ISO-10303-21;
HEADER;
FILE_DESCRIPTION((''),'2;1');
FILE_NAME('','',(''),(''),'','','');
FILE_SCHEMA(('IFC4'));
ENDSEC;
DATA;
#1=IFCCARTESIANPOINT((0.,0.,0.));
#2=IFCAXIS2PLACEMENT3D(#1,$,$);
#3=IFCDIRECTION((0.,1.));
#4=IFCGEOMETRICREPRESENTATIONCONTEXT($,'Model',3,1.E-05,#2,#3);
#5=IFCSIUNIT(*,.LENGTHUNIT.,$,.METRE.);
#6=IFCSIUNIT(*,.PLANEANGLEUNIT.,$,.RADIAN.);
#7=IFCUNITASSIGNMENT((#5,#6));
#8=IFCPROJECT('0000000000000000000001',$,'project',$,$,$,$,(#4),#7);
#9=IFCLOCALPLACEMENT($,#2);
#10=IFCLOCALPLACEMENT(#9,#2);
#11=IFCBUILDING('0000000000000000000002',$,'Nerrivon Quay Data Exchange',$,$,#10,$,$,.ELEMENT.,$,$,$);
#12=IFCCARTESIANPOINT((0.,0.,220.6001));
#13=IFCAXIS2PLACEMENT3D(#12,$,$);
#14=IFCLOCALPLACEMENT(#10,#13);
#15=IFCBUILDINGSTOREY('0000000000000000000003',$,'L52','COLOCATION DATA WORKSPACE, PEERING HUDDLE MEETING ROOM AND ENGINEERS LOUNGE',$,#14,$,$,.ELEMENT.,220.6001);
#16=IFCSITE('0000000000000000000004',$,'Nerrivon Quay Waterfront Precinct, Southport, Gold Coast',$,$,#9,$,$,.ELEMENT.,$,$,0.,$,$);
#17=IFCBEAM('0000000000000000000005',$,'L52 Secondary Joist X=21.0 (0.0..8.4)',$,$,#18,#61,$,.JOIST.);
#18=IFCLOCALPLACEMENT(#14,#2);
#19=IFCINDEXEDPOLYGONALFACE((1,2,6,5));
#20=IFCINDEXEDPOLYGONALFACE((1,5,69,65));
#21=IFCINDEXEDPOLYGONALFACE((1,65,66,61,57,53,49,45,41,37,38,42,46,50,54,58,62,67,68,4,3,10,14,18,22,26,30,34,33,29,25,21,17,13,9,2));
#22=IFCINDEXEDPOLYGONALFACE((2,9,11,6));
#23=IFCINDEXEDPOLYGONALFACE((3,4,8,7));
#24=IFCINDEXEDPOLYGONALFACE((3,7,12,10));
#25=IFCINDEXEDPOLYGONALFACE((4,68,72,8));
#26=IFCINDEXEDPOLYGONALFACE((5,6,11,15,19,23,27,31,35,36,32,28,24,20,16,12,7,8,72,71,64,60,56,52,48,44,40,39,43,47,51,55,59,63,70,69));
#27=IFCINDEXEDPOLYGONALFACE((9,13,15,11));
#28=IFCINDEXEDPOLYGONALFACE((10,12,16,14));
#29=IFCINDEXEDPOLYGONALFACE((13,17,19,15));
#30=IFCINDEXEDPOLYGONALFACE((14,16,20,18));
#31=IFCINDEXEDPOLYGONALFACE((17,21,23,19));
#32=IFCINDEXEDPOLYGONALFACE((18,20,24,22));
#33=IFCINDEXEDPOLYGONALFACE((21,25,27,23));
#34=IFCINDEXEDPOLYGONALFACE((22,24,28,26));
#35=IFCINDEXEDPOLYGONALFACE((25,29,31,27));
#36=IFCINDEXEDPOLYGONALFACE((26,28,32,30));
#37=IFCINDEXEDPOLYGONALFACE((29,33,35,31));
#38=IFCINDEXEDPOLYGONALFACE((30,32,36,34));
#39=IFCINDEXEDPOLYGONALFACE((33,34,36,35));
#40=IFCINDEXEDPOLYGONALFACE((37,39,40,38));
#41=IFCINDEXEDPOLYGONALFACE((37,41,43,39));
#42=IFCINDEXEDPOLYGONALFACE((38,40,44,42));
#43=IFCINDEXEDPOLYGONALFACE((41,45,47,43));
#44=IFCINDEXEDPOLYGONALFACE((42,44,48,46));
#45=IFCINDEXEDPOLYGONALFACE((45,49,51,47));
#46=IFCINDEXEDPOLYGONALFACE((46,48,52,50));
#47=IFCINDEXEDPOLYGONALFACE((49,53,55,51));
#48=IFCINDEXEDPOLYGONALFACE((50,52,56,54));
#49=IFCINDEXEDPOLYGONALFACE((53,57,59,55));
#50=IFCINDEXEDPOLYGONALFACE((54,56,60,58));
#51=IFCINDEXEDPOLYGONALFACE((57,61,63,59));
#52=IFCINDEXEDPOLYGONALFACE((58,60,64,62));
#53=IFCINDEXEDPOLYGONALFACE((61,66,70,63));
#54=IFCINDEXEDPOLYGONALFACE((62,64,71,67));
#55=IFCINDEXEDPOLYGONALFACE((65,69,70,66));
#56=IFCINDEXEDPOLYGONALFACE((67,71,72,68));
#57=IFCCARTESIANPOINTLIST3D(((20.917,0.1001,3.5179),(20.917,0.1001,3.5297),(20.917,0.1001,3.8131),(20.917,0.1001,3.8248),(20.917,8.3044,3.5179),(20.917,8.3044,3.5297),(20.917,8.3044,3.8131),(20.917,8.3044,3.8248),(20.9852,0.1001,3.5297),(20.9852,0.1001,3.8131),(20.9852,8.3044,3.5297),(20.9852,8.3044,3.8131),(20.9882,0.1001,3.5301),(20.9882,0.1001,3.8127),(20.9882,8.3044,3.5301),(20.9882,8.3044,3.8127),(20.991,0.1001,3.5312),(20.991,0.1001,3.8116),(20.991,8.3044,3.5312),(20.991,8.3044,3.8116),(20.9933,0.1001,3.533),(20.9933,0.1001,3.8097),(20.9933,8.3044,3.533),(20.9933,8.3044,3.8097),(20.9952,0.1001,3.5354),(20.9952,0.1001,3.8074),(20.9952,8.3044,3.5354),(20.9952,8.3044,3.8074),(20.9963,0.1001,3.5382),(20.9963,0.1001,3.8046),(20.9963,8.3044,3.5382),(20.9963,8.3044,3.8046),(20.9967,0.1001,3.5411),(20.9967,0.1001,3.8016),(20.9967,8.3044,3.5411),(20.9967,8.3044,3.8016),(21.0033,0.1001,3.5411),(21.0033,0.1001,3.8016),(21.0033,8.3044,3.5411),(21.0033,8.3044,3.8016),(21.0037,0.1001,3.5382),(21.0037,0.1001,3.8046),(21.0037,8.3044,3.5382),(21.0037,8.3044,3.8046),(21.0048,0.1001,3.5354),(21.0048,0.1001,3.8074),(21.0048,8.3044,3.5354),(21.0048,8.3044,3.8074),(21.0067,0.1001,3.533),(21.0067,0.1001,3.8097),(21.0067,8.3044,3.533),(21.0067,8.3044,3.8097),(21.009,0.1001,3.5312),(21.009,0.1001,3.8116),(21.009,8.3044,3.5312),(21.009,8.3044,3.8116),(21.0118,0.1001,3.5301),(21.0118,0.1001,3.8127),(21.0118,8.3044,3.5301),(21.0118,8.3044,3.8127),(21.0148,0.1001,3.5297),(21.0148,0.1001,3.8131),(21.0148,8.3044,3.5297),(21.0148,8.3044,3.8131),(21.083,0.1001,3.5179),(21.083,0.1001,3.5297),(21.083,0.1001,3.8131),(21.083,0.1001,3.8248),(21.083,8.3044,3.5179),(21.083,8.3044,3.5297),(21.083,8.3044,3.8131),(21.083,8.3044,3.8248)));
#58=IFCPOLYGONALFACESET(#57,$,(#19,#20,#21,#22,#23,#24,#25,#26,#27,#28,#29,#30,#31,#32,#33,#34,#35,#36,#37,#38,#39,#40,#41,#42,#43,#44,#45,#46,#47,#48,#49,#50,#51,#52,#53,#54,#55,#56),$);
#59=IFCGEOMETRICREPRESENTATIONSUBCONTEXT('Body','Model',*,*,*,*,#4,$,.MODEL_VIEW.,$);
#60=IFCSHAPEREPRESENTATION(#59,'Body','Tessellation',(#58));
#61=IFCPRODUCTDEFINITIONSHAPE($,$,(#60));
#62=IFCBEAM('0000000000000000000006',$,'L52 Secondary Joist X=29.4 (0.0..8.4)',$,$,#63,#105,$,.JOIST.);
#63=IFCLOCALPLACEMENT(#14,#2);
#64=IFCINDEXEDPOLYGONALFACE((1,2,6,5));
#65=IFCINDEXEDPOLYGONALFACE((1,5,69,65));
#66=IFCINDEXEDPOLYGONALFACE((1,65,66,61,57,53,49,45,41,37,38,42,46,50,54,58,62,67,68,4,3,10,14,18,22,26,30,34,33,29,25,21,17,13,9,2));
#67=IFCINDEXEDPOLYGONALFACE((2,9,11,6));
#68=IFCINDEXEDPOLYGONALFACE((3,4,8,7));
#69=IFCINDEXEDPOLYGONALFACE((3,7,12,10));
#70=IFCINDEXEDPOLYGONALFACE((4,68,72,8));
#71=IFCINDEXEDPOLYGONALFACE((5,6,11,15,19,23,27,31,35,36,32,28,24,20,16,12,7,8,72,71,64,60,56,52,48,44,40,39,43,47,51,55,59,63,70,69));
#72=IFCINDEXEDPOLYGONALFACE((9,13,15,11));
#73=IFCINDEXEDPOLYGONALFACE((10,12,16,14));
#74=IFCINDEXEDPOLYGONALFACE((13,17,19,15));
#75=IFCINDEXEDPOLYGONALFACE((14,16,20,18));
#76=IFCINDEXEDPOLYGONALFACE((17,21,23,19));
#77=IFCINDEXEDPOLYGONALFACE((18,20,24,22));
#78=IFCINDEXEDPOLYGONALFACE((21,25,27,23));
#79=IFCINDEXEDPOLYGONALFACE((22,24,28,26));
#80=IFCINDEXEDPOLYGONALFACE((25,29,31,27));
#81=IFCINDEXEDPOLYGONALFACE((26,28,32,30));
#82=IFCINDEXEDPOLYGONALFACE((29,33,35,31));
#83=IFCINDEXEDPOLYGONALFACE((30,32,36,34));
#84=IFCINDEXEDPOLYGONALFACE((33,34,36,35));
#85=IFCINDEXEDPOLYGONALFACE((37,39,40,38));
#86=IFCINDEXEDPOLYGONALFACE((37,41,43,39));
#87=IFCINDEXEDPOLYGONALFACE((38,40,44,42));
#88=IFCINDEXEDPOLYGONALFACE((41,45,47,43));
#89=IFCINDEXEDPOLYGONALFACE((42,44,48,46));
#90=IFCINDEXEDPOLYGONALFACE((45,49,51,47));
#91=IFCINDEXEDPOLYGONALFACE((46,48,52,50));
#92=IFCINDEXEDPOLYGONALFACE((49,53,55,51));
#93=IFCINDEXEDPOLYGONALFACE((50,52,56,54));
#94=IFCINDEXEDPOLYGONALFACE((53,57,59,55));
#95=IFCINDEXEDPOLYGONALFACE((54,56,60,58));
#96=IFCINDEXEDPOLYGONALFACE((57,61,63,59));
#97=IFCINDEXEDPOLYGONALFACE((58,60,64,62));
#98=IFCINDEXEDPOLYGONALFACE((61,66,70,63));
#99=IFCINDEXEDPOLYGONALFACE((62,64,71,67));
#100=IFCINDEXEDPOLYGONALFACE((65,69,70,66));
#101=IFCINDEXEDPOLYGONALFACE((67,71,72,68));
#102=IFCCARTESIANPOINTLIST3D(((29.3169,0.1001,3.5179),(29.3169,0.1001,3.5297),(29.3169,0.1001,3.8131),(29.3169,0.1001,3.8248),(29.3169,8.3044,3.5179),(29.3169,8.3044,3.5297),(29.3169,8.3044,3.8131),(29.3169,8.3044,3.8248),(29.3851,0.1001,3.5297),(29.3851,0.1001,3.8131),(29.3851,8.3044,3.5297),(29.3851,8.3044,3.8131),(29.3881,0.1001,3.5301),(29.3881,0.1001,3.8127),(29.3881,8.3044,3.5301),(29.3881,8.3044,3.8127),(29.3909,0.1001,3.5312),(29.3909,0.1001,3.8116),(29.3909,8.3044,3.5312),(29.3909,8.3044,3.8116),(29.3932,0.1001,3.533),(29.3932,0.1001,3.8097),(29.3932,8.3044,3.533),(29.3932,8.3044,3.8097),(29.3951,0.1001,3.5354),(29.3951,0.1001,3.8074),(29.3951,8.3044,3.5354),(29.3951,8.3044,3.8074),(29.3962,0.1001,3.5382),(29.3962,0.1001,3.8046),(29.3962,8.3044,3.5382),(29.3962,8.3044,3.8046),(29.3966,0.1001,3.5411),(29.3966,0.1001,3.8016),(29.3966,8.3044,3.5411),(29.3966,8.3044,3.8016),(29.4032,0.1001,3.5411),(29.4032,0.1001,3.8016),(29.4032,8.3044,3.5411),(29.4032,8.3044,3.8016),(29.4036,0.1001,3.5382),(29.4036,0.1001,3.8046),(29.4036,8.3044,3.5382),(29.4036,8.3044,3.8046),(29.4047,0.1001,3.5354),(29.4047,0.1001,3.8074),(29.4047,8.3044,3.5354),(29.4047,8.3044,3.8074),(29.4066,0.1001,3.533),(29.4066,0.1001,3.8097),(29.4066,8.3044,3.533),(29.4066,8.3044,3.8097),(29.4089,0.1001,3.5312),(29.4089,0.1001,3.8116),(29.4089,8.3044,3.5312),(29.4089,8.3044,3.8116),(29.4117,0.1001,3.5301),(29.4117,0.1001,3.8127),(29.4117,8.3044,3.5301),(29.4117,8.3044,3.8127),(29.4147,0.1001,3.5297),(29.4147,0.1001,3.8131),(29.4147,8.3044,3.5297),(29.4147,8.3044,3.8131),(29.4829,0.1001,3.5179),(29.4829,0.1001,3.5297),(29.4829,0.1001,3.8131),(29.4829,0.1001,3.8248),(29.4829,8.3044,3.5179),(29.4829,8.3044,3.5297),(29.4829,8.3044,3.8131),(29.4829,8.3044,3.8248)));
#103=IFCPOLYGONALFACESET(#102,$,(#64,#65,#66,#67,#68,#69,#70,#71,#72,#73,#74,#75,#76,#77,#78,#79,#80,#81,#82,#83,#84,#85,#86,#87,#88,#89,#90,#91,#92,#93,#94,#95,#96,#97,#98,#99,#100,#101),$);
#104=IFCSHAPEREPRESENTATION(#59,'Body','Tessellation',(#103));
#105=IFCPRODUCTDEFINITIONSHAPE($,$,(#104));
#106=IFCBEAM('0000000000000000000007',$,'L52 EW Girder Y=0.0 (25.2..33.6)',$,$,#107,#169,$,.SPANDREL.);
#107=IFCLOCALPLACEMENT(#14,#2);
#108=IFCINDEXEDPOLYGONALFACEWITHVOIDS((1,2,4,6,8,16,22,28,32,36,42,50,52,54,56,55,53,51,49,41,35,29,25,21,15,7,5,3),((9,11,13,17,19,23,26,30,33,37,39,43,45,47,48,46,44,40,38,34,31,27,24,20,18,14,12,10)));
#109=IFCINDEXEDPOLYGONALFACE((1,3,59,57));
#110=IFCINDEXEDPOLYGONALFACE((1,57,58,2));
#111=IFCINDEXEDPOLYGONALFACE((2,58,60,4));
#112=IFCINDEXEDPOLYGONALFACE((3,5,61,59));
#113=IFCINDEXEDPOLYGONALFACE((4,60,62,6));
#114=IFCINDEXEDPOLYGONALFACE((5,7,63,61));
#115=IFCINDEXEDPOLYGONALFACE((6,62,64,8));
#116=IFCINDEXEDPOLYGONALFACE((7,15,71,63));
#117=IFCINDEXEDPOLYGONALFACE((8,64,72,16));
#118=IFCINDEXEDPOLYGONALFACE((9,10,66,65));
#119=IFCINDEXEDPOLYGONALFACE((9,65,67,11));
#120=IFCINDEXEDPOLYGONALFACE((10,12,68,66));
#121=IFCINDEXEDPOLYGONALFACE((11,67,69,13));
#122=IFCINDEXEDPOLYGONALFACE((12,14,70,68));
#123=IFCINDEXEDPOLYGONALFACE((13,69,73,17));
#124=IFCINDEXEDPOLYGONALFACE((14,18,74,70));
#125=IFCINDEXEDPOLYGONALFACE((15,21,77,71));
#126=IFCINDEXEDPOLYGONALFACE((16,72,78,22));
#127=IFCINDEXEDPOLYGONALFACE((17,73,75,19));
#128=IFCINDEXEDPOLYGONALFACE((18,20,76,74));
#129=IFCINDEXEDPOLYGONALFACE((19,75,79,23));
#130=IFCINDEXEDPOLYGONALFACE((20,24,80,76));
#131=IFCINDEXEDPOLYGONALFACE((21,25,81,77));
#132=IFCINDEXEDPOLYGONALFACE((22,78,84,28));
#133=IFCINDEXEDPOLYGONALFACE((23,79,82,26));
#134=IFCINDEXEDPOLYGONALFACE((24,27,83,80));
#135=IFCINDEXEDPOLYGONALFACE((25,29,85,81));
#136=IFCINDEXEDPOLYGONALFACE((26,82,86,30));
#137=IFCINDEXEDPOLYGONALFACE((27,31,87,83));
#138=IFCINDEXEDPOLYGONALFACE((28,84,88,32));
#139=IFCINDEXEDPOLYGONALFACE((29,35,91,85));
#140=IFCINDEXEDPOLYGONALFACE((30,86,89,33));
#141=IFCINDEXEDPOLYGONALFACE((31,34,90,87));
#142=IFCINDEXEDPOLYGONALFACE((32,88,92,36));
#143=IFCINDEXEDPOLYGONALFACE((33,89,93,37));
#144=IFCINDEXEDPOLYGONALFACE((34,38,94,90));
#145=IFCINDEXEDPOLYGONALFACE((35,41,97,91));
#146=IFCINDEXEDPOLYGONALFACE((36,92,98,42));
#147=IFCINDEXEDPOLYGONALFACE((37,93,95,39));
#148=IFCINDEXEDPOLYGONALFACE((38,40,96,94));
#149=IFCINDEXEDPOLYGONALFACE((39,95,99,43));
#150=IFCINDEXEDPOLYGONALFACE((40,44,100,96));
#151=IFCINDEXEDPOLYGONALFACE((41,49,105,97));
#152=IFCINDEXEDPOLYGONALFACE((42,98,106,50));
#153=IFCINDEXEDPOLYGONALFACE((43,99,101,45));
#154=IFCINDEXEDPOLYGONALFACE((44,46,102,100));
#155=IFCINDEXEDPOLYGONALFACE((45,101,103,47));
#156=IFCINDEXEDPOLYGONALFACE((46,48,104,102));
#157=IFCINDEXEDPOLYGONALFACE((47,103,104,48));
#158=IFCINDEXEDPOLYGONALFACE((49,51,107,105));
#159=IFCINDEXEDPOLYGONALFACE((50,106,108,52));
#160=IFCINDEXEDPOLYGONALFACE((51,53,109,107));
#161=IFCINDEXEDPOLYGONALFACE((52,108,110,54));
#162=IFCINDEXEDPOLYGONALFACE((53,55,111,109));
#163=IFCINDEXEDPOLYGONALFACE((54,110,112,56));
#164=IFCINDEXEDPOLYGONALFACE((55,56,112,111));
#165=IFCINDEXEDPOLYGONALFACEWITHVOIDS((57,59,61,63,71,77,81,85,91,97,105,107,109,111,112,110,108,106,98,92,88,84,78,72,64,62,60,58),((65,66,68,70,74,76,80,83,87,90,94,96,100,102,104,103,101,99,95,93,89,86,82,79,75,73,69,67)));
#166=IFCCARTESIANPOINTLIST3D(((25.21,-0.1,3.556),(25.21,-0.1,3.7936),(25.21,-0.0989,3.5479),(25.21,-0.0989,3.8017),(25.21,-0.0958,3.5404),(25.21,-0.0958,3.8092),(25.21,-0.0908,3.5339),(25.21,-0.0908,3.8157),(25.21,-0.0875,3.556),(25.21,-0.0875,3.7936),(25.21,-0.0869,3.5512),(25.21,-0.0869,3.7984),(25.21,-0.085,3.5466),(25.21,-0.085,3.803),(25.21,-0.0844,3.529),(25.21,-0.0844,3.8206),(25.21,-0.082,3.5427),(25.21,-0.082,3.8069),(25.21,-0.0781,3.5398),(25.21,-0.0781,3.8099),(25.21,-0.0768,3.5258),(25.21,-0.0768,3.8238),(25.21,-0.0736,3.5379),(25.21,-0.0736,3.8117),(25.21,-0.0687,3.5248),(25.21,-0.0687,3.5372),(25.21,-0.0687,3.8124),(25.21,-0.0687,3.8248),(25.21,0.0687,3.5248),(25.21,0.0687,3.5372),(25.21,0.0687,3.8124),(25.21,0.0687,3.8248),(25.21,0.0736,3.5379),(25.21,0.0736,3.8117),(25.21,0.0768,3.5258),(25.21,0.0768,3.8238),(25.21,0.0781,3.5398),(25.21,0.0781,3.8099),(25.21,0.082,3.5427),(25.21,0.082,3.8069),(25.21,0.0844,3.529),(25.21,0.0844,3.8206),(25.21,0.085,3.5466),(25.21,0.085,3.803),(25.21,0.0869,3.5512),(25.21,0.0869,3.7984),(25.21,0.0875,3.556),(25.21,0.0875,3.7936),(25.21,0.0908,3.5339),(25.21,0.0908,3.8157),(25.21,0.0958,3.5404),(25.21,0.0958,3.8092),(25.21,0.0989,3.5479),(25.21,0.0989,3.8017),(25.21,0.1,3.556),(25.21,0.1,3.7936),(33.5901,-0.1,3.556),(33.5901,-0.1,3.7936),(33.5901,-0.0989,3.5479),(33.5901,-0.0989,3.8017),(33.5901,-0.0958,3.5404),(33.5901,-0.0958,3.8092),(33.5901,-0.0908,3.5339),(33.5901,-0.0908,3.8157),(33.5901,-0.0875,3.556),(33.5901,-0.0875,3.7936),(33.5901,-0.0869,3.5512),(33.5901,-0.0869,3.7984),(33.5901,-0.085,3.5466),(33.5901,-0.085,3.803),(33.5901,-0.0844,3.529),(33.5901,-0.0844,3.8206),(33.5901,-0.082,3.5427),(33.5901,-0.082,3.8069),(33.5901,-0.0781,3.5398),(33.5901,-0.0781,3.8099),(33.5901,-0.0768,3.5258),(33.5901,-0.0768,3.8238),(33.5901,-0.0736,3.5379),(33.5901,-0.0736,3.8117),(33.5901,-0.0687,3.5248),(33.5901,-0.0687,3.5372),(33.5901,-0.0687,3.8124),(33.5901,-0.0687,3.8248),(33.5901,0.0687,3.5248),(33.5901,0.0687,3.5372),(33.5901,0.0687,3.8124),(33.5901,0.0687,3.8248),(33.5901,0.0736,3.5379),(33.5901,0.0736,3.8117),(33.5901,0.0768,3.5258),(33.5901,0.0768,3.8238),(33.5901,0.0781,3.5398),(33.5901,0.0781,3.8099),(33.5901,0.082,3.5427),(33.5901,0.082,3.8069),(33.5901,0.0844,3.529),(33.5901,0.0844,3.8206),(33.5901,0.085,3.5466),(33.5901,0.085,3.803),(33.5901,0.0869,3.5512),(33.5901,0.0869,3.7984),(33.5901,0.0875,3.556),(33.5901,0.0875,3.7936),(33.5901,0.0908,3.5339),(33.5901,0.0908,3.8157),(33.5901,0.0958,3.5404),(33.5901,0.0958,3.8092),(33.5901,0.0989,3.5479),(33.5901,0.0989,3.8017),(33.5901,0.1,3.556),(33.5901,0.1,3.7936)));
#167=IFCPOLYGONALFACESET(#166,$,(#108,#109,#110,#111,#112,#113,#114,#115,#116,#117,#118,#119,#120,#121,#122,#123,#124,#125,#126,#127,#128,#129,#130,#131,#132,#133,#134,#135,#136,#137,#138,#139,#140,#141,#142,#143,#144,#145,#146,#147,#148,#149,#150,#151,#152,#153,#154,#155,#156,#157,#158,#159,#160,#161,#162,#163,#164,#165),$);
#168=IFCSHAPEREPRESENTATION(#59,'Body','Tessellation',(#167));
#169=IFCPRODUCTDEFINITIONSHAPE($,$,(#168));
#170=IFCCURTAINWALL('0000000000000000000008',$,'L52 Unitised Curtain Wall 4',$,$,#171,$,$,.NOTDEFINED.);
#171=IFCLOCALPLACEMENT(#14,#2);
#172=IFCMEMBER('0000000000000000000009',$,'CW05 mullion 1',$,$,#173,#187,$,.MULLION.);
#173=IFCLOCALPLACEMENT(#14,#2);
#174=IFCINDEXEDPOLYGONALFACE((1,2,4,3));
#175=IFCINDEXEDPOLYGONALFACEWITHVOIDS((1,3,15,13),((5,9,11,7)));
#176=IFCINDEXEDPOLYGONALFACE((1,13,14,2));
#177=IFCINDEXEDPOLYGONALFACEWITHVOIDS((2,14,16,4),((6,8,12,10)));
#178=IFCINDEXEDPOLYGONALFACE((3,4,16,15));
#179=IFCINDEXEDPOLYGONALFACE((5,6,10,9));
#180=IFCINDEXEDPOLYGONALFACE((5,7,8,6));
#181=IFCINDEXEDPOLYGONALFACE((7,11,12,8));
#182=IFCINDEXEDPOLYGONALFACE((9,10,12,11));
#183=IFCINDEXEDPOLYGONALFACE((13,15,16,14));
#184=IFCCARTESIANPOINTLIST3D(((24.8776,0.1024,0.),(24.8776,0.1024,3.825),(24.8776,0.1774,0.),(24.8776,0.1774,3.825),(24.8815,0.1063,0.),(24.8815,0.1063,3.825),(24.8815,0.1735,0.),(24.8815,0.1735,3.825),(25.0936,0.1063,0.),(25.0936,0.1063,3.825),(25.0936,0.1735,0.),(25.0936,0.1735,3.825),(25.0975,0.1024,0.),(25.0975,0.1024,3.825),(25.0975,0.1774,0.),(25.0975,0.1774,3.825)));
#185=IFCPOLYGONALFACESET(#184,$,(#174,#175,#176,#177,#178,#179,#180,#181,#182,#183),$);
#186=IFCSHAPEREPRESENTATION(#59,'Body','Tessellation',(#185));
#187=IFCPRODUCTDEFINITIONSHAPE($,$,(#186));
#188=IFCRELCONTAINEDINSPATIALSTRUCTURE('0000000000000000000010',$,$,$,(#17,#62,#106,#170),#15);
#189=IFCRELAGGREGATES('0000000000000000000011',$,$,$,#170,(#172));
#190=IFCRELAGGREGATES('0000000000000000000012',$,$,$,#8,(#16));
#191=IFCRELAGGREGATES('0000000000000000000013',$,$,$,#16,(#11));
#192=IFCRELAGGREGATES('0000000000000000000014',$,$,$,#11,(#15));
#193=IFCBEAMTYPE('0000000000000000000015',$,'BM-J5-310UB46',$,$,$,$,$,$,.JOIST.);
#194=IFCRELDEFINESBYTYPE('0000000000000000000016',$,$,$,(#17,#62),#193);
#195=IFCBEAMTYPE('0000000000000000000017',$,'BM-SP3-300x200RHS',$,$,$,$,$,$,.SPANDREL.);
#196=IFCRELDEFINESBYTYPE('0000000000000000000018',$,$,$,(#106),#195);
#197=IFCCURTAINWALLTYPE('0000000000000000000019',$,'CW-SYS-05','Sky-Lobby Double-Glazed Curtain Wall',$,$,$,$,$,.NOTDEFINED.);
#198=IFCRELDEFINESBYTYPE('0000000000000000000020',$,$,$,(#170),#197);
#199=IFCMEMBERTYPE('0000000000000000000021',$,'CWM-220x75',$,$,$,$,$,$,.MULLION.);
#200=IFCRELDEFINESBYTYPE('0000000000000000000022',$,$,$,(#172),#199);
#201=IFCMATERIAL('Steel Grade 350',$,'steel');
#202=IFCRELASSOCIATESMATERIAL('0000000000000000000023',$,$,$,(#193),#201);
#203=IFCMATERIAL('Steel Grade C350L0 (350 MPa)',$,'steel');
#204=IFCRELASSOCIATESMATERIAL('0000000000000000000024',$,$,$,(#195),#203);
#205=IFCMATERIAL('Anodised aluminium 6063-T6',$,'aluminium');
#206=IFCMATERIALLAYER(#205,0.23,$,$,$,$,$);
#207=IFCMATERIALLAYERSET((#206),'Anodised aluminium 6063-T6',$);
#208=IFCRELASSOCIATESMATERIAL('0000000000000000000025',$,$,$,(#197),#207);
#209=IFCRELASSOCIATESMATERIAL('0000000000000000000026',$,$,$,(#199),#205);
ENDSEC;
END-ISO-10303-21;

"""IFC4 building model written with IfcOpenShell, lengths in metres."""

from ifc_helpers import new_model, si_unit, direction, frame, origin, origin_2d, place, context, subcontext, project, spatial, hollow_rectangle, i_section, extrude, material, layer, layer_set, material_profile, profile_set, type_object, element, aggregate, save


model = new_model("IFC4")

# Units and contexts
model_context = context("Model", 3, precision=1e-05, world=origin(), true_north=direction((0.0, 1.0)))
body_context = subcontext(model_context, "Body", "Model", "MODEL_VIEW")
ifc_project = project(units=[si_unit("LENGTHUNIT", "METRE"), si_unit("PLANEANGLEUNIT", "RADIAN")], contexts=[model_context])

# Site, building, storey
site_placement = place(None, origin())
site = spatial("IfcSite", under=ifc_project, at=site_placement, Name="Nerrivon Quay Waterfront Precinct, Southport, Gold Coast", CompositionType="ELEMENT", RefElevation=0.0)
building_placement = place(site_placement, origin())
building = spatial("IfcBuilding", under=site, at=building_placement, Name="Nerrivon Quay Data Exchange", CompositionType="ELEMENT")
storey_placement = place(building_placement, frame((0.0, 0.0, 220.6001)))
storey = spatial("IfcBuildingStorey", under=building, at=storey_placement, Name="L52", Description="COLOCATION DATA WORKSPACE, PEERING HUDDLE MEETING ROOM AND ENGINEERS LOUNGE", CompositionType="ELEMENT", Elevation=220.6001)

# Shared definitions
ifc_material_1 = material(Name="Steel Grade 350", Category="steel")

# Beams
ifc_material_profile_1 = material_profile(ifc_material_1, i_section(OverallWidth=0.166, OverallDepth=0.3069, WebThickness=0.0066, FlangeThickness=0.0117, FilletRadius=0.0115, at=origin_2d()), Name="310UB46.2")
ifc_profile_set_1 = profile_set([ifc_material_profile_1], Name="Steel Grade 350")
beam_type_1 = type_object("IfcBeamType", Name="BM-J5-310UB46", PredefinedType="JOIST", material=ifc_profile_set_1)
for number, where, z_axis, x_axis, name in (
    (1, (21.0, 0.1001, 3.6714), (0.0, 1.0, 0.0), (-1.0, 0.0, 0.0), "L52 Secondary Joist X=21.0 (0.0..8.4)"),
    (2, (29.3999, 0.1001, 3.6714), (0.0, 1.0, 0.0), (-1.0, 0.0, 0.0), "L52 Secondary Joist X=29.4 (0.0..8.4)"),
):
    element("IfcBeam", number, at=place(storey_placement, frame(where, z_axis=z_axis, x_axis=x_axis)), inside=storey, type_object=beam_type_1, Name=name, PredefinedType="JOIST", context=body_context, shape_type="SweptSolid", body=[
        extrude(i_section(OverallWidth=0.166, OverallDepth=0.3069, WebThickness=0.0066, FlangeThickness=0.0117, FilletRadius=0.0115, at=origin_2d()), origin(), (0.0, 0.0, 1.0), 8.2043),
    ])
ifc_material_2 = material(Name="Steel Grade C350L0 (350 MPa)", Category="steel")
ifc_material_profile_2 = material_profile(ifc_material_2, hollow_rectangle(XDim=0.2, YDim=0.3, WallThickness=0.0125, InnerFilletRadius=0.0188, OuterFilletRadius=0.0312, at=origin_2d()), Name="300x200x12.5RHS")
ifc_profile_set_2 = profile_set([ifc_material_profile_2], Name="Steel Grade C350L0 (350 MPa)")
beam_type_2 = type_object("IfcBeamType", Name="BM-SP3-300x200RHS", PredefinedType="SPANDREL", material=ifc_profile_set_2)
beam_1_placement = place(storey_placement, frame((25.21, 0.0, 3.6748), z_axis=(1.0, 0.0, 0.0), x_axis=(0.0, 1.0, 0.0)))
element("IfcBeam", 3, at=beam_1_placement, inside=storey, type_object=beam_type_2, Name="L52 EW Girder Y=0.0 (25.2..33.6)", PredefinedType="SPANDREL", context=body_context, shape_type="SweptSolid", body=[
    extrude(hollow_rectangle(XDim=0.2, YDim=0.3, WallThickness=0.0125, InnerFilletRadius=0.0188, OuterFilletRadius=0.0312, at=origin_2d()), origin(), (0.0, 0.0, 1.0), 8.3801),
])

# Curtain wall, member
ifc_material_3 = material(Name="Anodised aluminium 6063-T6", Category="aluminium")
ifc_layer_1 = layer(ifc_material_3, 0.23)
ifc_layer_set_1 = layer_set([ifc_layer_1], Name="Anodised aluminium 6063-T6")
curtain_wall_type = type_object("IfcCurtainWallType", Name="CW-SYS-05", Description="Sky-Lobby Double-Glazed Curtain Wall", PredefinedType="NOTDEFINED", material=ifc_layer_set_1)
curtain_wall_placement = place(storey_placement, origin())
curtain_wall = element("IfcCurtainWall", 4, at=curtain_wall_placement, inside=storey, type_object=curtain_wall_type, Name="L52 Unitised Curtain Wall 4", PredefinedType="NOTDEFINED")
ifc_material_profile_3 = material_profile(ifc_material_3, hollow_rectangle(XDim=0.075, YDim=0.22, WallThickness=0.0039, at=origin_2d()), Name="ALU-MULL-220x75")
ifc_profile_set_3 = profile_set([ifc_material_profile_3], Name="Anodised aluminium 6063-T6")
member_type_1 = type_object("IfcMemberType", Name="CWM-220x75", PredefinedType="MULLION", material=ifc_profile_set_3)
member_1_placement = place(storey_placement, frame((24.9875, 0.1399, 0.0), z_axis=(0.0, 0.0, 1.0), x_axis=(0.0, -1.0, 0.0)))
member_1 = element("IfcMember", 5, at=member_1_placement, type_object=member_type_1, Name="CW05 mullion 1", PredefinedType="MULLION", context=body_context, shape_type="SweptSolid", body=[
    extrude(hollow_rectangle(XDim=0.075, YDim=0.22, WallThickness=0.0039, at=origin_2d()), origin(), (0.0, 0.0, 1.0), 3.825),
])
aggregate(curtain_wall, [member_1])

save(model, "model.ifc")
